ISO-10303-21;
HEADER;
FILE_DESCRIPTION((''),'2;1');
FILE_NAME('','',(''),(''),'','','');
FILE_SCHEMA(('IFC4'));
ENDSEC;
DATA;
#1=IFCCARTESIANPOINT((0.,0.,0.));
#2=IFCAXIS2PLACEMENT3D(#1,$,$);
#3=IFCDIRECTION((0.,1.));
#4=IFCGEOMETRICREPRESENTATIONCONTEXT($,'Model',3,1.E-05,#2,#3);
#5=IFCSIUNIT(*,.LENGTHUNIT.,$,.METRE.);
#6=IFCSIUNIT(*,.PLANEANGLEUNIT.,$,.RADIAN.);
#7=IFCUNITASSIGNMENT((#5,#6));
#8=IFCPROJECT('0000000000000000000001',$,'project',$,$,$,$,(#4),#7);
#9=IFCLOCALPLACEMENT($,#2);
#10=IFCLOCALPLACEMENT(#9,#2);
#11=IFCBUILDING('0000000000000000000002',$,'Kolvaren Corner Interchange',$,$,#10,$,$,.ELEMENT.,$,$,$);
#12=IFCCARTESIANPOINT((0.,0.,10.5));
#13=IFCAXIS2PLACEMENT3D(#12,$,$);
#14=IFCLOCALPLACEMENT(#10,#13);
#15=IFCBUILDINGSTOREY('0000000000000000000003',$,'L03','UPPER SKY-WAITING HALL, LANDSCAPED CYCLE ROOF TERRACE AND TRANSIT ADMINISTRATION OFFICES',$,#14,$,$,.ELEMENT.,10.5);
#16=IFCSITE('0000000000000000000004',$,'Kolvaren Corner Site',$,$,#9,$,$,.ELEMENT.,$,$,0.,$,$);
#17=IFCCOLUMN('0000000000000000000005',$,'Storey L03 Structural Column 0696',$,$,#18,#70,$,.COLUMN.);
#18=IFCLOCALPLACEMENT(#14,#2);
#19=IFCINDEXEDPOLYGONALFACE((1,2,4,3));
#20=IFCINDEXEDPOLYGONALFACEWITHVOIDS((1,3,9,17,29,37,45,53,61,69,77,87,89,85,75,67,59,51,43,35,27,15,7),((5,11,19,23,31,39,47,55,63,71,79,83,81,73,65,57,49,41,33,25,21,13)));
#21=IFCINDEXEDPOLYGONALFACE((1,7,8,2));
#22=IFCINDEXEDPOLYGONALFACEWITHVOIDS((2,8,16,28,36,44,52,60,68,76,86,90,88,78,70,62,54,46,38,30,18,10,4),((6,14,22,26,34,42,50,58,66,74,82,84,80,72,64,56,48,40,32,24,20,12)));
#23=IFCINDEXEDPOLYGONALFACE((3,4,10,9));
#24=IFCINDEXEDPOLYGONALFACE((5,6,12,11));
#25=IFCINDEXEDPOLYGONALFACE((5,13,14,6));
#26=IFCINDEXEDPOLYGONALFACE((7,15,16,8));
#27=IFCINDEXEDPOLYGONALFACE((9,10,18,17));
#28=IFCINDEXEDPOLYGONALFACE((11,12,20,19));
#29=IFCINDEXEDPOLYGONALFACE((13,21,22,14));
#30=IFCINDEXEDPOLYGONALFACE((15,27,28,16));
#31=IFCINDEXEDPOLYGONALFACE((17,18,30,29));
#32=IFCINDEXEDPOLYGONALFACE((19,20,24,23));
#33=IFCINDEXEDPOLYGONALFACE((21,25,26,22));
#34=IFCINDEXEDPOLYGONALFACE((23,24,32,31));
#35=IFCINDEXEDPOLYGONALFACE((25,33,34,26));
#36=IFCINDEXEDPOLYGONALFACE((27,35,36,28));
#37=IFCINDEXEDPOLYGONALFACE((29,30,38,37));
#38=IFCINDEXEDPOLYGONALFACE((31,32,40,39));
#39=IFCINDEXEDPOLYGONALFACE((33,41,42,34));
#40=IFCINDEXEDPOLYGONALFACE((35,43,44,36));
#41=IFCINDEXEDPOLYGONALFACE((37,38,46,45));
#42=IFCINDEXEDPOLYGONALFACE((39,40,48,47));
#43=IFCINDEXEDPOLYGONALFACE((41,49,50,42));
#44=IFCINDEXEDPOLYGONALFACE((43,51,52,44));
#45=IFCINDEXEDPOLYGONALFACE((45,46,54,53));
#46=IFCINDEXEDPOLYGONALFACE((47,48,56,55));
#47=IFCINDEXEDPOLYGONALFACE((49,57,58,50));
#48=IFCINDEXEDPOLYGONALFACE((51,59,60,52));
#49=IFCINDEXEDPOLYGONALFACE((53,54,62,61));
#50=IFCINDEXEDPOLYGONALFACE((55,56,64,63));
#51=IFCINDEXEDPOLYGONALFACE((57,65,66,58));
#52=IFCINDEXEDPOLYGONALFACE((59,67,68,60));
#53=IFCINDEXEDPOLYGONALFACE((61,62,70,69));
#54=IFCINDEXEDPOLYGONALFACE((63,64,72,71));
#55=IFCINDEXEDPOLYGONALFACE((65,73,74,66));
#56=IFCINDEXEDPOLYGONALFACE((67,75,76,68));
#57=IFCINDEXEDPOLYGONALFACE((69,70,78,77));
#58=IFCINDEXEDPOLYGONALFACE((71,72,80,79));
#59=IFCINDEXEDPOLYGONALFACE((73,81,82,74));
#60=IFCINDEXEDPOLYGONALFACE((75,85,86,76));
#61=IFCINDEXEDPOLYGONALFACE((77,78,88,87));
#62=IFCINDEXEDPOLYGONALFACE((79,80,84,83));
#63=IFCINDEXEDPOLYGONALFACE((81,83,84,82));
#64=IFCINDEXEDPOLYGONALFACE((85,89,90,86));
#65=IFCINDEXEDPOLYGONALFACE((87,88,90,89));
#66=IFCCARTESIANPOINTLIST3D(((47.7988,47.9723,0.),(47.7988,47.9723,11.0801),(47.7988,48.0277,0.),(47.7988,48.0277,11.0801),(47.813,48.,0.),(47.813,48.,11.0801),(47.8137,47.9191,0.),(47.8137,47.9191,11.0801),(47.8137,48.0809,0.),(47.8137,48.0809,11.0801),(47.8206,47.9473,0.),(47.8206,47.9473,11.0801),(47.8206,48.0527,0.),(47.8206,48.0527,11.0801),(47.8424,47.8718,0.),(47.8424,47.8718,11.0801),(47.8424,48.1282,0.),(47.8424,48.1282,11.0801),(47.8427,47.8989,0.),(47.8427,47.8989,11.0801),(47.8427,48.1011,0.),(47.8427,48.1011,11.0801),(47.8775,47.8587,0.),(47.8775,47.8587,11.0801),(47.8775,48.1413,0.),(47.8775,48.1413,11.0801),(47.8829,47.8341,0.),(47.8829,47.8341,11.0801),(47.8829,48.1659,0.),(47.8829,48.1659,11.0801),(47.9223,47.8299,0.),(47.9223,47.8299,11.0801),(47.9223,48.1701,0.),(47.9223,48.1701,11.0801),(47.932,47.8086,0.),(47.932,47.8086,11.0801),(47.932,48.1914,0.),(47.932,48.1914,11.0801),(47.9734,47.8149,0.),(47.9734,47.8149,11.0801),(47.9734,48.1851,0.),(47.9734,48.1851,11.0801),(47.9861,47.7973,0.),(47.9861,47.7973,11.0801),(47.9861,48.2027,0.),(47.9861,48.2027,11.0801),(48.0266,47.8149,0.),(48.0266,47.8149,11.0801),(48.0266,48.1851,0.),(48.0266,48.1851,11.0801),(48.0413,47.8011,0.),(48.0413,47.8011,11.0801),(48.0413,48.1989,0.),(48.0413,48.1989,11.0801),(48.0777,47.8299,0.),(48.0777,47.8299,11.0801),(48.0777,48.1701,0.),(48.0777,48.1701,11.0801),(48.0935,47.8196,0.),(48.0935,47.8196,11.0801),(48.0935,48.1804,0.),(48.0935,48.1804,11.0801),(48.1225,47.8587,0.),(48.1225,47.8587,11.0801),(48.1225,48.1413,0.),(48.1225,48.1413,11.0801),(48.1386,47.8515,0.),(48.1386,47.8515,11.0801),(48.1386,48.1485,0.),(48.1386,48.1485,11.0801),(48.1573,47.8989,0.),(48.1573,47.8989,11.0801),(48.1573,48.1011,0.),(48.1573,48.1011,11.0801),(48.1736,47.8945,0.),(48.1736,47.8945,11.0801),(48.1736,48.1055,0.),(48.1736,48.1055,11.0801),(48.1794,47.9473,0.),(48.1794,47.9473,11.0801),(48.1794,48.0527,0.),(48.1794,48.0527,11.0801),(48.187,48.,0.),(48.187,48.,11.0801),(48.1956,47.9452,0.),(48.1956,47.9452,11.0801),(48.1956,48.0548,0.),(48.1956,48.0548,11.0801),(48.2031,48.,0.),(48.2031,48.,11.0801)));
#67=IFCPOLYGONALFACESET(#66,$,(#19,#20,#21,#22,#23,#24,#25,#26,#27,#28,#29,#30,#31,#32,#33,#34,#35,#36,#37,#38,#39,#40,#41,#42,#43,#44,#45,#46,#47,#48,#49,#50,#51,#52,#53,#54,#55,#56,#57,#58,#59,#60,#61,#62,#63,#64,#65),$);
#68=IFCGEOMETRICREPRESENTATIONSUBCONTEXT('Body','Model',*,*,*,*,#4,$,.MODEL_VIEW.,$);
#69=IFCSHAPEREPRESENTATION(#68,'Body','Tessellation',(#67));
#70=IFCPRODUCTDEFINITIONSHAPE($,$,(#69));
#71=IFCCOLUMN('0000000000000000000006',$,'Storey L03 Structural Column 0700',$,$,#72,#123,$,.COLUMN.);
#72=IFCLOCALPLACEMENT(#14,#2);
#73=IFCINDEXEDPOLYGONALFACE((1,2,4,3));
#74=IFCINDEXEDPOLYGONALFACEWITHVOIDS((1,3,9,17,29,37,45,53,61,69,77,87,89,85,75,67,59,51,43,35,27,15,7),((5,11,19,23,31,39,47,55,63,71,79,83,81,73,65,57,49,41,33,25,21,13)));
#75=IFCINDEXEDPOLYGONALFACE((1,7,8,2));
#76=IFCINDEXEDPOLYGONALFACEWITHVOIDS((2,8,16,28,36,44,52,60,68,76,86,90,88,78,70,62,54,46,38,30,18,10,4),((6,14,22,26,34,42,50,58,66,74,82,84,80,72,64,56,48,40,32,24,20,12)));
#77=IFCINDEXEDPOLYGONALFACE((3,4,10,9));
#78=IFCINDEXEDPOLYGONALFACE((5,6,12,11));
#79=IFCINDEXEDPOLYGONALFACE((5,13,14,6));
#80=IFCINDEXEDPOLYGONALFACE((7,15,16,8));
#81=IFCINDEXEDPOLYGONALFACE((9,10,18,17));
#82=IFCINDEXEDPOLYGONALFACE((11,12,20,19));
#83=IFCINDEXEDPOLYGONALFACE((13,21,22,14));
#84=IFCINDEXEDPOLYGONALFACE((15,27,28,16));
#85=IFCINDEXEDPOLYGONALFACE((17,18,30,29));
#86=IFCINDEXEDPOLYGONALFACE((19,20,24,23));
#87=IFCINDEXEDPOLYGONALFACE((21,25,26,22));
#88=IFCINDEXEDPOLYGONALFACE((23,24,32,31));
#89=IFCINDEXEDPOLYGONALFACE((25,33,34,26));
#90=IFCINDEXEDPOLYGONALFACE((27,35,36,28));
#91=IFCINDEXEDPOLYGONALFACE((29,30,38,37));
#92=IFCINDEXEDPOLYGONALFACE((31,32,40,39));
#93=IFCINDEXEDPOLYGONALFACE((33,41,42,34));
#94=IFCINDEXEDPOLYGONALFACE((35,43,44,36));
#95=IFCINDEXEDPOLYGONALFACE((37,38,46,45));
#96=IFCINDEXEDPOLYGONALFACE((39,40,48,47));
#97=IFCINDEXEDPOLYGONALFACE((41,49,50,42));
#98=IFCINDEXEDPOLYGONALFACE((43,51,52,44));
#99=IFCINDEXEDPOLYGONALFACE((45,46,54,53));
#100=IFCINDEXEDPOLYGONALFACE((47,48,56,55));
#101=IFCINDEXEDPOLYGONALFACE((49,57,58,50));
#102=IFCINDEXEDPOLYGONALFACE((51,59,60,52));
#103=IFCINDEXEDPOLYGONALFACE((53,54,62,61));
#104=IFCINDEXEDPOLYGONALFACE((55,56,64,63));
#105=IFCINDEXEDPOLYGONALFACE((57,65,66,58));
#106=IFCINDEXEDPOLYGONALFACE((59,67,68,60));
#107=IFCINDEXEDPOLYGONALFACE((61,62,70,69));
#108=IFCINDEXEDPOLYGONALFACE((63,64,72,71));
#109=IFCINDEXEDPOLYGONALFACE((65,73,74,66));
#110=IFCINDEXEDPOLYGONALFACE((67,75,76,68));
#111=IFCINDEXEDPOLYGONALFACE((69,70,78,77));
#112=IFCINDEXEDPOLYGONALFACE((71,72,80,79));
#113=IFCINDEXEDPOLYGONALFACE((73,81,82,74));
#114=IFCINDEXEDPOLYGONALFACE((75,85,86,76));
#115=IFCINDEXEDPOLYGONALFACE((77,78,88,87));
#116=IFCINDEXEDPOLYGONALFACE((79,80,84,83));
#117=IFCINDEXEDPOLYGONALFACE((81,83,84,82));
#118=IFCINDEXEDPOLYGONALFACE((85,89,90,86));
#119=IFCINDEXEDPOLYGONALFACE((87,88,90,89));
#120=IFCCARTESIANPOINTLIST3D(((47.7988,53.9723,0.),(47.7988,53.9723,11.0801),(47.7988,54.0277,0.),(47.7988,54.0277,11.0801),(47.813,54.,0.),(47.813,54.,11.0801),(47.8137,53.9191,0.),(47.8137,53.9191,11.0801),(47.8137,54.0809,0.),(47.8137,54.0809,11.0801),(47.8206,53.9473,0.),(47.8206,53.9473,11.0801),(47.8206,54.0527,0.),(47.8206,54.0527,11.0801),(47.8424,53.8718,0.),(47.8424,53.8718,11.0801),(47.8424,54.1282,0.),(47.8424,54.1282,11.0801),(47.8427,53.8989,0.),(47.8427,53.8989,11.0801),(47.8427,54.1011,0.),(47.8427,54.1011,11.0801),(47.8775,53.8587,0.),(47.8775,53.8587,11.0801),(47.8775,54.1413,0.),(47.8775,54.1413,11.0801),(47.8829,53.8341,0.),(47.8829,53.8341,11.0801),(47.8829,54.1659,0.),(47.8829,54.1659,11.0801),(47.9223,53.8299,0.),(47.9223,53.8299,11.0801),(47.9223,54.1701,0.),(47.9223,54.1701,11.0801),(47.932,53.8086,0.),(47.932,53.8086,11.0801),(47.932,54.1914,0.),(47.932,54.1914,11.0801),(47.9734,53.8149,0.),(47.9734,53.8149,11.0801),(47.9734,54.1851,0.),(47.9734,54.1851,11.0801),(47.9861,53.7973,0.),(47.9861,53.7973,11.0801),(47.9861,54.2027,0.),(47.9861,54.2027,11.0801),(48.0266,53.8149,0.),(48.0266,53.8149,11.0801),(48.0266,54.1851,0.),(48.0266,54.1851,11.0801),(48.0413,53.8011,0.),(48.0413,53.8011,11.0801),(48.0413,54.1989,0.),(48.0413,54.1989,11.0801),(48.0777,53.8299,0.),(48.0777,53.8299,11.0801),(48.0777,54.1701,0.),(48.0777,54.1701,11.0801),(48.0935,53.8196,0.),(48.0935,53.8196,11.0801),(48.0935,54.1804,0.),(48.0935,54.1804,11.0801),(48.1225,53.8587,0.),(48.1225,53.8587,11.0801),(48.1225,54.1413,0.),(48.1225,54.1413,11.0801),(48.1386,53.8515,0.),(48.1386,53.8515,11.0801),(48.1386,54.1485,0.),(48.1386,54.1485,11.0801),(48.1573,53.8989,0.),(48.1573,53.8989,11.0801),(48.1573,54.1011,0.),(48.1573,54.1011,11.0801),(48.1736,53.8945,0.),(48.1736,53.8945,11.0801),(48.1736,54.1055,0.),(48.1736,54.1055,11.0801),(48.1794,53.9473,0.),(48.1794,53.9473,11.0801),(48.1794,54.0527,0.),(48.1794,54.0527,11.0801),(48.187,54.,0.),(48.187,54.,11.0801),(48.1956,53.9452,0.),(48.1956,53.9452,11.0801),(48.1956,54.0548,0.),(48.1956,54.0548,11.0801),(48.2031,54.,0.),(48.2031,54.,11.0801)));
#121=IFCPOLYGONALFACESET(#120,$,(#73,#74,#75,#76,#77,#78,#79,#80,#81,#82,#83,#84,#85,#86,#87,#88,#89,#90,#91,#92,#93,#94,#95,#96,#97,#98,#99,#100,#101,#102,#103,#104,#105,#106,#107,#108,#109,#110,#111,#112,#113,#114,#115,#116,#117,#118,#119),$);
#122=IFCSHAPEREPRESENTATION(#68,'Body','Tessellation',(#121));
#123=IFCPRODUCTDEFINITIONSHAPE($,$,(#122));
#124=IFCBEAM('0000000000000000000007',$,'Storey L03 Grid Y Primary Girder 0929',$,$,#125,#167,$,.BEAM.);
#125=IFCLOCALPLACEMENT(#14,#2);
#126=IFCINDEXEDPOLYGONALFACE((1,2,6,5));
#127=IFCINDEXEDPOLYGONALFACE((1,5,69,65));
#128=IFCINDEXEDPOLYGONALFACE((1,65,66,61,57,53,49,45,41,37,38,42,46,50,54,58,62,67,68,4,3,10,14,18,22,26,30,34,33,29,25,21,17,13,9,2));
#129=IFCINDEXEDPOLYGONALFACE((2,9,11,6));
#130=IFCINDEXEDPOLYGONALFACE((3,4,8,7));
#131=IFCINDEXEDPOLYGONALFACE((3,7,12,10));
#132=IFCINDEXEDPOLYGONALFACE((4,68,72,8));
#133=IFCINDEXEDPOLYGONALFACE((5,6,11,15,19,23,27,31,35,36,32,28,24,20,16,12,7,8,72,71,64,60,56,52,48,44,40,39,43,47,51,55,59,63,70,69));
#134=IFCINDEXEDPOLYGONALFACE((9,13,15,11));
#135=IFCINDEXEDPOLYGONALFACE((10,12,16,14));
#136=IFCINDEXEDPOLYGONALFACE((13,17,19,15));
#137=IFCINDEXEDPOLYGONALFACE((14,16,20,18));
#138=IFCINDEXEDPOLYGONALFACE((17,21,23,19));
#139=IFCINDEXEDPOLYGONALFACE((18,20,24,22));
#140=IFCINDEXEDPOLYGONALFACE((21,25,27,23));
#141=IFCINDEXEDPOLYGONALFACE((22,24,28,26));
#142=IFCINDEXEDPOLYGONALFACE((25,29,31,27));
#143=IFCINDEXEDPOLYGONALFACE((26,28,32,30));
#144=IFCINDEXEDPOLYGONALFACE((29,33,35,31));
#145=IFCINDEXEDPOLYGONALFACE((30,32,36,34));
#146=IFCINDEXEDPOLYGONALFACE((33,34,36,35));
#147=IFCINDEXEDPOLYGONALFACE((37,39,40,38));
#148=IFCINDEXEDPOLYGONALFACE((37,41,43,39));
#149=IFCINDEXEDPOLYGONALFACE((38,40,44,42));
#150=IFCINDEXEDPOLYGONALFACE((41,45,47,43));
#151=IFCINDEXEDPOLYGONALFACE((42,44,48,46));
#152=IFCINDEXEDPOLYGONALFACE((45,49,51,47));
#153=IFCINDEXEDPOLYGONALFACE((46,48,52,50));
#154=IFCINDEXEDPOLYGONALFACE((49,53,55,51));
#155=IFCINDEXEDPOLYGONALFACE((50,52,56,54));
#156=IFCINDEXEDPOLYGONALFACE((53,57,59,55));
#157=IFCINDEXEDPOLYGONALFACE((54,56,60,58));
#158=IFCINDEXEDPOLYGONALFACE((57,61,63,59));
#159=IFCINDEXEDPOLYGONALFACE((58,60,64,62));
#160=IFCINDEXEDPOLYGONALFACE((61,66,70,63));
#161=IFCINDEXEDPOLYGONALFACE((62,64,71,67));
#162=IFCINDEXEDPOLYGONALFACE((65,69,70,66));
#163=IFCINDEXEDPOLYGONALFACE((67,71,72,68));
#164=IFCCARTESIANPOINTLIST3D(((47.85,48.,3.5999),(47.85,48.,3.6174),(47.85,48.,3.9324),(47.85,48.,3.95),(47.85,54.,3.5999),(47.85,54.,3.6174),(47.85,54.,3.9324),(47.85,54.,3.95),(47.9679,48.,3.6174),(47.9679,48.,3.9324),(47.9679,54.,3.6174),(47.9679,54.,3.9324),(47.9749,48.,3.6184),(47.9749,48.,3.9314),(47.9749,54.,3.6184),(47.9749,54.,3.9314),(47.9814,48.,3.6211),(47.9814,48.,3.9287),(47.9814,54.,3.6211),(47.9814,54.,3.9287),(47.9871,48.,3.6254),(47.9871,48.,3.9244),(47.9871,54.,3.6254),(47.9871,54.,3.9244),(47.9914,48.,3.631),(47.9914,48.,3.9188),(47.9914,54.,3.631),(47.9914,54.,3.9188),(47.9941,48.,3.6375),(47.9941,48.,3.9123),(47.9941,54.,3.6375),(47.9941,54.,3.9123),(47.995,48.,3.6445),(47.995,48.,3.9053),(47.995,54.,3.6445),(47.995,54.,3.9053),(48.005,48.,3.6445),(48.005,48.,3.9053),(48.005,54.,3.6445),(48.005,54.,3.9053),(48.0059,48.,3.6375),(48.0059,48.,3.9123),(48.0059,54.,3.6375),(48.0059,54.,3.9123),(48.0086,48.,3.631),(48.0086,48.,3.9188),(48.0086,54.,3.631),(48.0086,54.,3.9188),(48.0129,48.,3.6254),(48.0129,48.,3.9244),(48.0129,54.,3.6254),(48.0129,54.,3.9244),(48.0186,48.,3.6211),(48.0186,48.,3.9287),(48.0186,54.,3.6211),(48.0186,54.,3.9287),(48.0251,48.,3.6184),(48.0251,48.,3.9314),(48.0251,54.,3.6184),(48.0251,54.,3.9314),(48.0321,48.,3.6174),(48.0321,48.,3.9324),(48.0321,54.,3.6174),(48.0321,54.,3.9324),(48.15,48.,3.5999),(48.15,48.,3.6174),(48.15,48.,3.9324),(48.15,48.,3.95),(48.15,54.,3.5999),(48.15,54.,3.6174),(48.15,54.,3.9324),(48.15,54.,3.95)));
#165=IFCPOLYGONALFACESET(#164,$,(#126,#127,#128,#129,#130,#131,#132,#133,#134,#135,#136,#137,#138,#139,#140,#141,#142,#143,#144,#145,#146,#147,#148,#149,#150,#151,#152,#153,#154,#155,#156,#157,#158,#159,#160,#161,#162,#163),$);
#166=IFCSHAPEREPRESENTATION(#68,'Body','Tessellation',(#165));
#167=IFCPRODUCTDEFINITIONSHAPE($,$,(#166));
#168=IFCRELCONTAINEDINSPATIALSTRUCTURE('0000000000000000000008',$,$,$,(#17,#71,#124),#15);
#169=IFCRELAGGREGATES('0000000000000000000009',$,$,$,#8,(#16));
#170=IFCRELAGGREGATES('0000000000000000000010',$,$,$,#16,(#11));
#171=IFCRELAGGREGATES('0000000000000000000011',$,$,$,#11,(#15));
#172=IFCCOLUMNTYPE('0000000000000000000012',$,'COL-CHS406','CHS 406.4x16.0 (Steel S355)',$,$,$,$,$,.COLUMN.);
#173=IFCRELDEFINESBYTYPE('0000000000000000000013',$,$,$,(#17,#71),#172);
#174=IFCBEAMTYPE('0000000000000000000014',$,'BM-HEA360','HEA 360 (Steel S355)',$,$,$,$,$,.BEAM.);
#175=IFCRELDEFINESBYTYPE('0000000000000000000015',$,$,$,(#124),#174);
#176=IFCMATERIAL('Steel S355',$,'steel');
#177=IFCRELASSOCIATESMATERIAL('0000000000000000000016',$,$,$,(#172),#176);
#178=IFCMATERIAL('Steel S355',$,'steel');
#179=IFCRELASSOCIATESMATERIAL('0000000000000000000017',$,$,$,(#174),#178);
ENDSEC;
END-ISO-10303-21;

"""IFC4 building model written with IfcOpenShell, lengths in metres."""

from ifc_helpers import new_model, si_unit, direction, frame, origin, origin_2d, place, context, subcontext, project, spatial, hollow_circle, i_section, extrude, material, material_profile, profile_set, type_object, element, save


model = new_model("IFC4")

# Units and contexts
model_context = context("Model", 3, precision=1e-05, world=origin(), true_north=direction((0.0, 1.0)))
body_context = subcontext(model_context, "Body", "Model", "MODEL_VIEW")
ifc_project = project(units=[si_unit("LENGTHUNIT", "METRE"), si_unit("PLANEANGLEUNIT", "RADIAN")], contexts=[model_context])

# Site, building, storey
site_placement = place(None, origin())
site = spatial("IfcSite", under=ifc_project, at=site_placement, Name="Kolvaren Corner Site", CompositionType="ELEMENT", RefElevation=0.0)
building_placement = place(site_placement, origin())
building = spatial("IfcBuilding", under=site, at=building_placement, Name="Kolvaren Corner Interchange", CompositionType="ELEMENT")
storey_placement = place(building_placement, frame((0.0, 0.0, 10.5)))
storey = spatial("IfcBuildingStorey", under=building, at=storey_placement, Name="L03", Description="UPPER SKY-WAITING HALL, LANDSCAPED CYCLE ROOF TERRACE AND TRANSIT ADMINISTRATION OFFICES", CompositionType="ELEMENT", Elevation=10.5)

# Columns
ifc_material_1 = material(Name="Steel S355", Category="steel")
ifc_material_profile_1 = material_profile(ifc_material_1, hollow_circle(Radius=0.2031, WallThickness=0.0161, at=origin_2d()), Name="CHS 406.4x16.0")
ifc_profile_set_1 = profile_set([ifc_material_profile_1], Name="Steel S355")
column_type = type_object("IfcColumnType", Name="COL-CHS406", Description="CHS 406.4x16.0 (Steel S355)", PredefinedType="COLUMN", material=ifc_profile_set_1)
for number, where, z_axis, x_axis, name in (
    (1, (48.0, 48.0, 0.0), (0.0, 0.0, 1.0), (1.0, 0.0, 0.0), "Storey L03 Structural Column 0696"),
    (2, (48.0, 54.0, 0.0), (0.0, 0.0, 1.0), (1.0, 0.0, 0.0), "Storey L03 Structural Column 0700"),
):
    element("IfcColumn", number, at=place(storey_placement, frame(where, z_axis=z_axis, x_axis=x_axis)), inside=storey, type_object=column_type, Name=name, PredefinedType="COLUMN", context=body_context, shape_type="SweptSolid", body=[
        extrude(hollow_circle(Radius=0.2031, WallThickness=0.0161, at=origin_2d()), origin(), (0.0, 0.0, 1.0), 11.0801),
    ])

# Beam
ifc_material_2 = material(Name="Steel S355", Category="steel")
ifc_material_profile_2 = material_profile(ifc_material_2, i_section(OverallWidth=0.3, OverallDepth=0.3501, WebThickness=0.01, FlangeThickness=0.0176, FilletRadius=0.0271, at=origin_2d()), Name="HEA 360")
ifc_profile_set_2 = profile_set([ifc_material_profile_2], Name="Steel S355")
beam_type_1 = type_object("IfcBeamType", Name="BM-HEA360", Description="HEA 360 (Steel S355)", PredefinedType="BEAM", material=ifc_profile_set_2)
for number, where, z_axis, x_axis, name in (
    (3, (48.0, 48.0, 3.7749), (0.0, 1.0, 0.0), (-1.0, 0.0, 0.0), "Storey L03 Grid Y Primary Girder 0929"),
):
    element("IfcBeam", number, at=place(storey_placement, frame(where, z_axis=z_axis, x_axis=x_axis)), inside=storey, type_object=beam_type_1, Name=name, PredefinedType="BEAM", context=body_context, shape_type="SweptSolid", body=[
        extrude(i_section(OverallWidth=0.3, OverallDepth=0.3501, WebThickness=0.01, FlangeThickness=0.0176, FilletRadius=0.0271, at=origin_2d()), origin(), (0.0, 0.0, 1.0), 6.0),
    ])

save(model, "model.ifc")
